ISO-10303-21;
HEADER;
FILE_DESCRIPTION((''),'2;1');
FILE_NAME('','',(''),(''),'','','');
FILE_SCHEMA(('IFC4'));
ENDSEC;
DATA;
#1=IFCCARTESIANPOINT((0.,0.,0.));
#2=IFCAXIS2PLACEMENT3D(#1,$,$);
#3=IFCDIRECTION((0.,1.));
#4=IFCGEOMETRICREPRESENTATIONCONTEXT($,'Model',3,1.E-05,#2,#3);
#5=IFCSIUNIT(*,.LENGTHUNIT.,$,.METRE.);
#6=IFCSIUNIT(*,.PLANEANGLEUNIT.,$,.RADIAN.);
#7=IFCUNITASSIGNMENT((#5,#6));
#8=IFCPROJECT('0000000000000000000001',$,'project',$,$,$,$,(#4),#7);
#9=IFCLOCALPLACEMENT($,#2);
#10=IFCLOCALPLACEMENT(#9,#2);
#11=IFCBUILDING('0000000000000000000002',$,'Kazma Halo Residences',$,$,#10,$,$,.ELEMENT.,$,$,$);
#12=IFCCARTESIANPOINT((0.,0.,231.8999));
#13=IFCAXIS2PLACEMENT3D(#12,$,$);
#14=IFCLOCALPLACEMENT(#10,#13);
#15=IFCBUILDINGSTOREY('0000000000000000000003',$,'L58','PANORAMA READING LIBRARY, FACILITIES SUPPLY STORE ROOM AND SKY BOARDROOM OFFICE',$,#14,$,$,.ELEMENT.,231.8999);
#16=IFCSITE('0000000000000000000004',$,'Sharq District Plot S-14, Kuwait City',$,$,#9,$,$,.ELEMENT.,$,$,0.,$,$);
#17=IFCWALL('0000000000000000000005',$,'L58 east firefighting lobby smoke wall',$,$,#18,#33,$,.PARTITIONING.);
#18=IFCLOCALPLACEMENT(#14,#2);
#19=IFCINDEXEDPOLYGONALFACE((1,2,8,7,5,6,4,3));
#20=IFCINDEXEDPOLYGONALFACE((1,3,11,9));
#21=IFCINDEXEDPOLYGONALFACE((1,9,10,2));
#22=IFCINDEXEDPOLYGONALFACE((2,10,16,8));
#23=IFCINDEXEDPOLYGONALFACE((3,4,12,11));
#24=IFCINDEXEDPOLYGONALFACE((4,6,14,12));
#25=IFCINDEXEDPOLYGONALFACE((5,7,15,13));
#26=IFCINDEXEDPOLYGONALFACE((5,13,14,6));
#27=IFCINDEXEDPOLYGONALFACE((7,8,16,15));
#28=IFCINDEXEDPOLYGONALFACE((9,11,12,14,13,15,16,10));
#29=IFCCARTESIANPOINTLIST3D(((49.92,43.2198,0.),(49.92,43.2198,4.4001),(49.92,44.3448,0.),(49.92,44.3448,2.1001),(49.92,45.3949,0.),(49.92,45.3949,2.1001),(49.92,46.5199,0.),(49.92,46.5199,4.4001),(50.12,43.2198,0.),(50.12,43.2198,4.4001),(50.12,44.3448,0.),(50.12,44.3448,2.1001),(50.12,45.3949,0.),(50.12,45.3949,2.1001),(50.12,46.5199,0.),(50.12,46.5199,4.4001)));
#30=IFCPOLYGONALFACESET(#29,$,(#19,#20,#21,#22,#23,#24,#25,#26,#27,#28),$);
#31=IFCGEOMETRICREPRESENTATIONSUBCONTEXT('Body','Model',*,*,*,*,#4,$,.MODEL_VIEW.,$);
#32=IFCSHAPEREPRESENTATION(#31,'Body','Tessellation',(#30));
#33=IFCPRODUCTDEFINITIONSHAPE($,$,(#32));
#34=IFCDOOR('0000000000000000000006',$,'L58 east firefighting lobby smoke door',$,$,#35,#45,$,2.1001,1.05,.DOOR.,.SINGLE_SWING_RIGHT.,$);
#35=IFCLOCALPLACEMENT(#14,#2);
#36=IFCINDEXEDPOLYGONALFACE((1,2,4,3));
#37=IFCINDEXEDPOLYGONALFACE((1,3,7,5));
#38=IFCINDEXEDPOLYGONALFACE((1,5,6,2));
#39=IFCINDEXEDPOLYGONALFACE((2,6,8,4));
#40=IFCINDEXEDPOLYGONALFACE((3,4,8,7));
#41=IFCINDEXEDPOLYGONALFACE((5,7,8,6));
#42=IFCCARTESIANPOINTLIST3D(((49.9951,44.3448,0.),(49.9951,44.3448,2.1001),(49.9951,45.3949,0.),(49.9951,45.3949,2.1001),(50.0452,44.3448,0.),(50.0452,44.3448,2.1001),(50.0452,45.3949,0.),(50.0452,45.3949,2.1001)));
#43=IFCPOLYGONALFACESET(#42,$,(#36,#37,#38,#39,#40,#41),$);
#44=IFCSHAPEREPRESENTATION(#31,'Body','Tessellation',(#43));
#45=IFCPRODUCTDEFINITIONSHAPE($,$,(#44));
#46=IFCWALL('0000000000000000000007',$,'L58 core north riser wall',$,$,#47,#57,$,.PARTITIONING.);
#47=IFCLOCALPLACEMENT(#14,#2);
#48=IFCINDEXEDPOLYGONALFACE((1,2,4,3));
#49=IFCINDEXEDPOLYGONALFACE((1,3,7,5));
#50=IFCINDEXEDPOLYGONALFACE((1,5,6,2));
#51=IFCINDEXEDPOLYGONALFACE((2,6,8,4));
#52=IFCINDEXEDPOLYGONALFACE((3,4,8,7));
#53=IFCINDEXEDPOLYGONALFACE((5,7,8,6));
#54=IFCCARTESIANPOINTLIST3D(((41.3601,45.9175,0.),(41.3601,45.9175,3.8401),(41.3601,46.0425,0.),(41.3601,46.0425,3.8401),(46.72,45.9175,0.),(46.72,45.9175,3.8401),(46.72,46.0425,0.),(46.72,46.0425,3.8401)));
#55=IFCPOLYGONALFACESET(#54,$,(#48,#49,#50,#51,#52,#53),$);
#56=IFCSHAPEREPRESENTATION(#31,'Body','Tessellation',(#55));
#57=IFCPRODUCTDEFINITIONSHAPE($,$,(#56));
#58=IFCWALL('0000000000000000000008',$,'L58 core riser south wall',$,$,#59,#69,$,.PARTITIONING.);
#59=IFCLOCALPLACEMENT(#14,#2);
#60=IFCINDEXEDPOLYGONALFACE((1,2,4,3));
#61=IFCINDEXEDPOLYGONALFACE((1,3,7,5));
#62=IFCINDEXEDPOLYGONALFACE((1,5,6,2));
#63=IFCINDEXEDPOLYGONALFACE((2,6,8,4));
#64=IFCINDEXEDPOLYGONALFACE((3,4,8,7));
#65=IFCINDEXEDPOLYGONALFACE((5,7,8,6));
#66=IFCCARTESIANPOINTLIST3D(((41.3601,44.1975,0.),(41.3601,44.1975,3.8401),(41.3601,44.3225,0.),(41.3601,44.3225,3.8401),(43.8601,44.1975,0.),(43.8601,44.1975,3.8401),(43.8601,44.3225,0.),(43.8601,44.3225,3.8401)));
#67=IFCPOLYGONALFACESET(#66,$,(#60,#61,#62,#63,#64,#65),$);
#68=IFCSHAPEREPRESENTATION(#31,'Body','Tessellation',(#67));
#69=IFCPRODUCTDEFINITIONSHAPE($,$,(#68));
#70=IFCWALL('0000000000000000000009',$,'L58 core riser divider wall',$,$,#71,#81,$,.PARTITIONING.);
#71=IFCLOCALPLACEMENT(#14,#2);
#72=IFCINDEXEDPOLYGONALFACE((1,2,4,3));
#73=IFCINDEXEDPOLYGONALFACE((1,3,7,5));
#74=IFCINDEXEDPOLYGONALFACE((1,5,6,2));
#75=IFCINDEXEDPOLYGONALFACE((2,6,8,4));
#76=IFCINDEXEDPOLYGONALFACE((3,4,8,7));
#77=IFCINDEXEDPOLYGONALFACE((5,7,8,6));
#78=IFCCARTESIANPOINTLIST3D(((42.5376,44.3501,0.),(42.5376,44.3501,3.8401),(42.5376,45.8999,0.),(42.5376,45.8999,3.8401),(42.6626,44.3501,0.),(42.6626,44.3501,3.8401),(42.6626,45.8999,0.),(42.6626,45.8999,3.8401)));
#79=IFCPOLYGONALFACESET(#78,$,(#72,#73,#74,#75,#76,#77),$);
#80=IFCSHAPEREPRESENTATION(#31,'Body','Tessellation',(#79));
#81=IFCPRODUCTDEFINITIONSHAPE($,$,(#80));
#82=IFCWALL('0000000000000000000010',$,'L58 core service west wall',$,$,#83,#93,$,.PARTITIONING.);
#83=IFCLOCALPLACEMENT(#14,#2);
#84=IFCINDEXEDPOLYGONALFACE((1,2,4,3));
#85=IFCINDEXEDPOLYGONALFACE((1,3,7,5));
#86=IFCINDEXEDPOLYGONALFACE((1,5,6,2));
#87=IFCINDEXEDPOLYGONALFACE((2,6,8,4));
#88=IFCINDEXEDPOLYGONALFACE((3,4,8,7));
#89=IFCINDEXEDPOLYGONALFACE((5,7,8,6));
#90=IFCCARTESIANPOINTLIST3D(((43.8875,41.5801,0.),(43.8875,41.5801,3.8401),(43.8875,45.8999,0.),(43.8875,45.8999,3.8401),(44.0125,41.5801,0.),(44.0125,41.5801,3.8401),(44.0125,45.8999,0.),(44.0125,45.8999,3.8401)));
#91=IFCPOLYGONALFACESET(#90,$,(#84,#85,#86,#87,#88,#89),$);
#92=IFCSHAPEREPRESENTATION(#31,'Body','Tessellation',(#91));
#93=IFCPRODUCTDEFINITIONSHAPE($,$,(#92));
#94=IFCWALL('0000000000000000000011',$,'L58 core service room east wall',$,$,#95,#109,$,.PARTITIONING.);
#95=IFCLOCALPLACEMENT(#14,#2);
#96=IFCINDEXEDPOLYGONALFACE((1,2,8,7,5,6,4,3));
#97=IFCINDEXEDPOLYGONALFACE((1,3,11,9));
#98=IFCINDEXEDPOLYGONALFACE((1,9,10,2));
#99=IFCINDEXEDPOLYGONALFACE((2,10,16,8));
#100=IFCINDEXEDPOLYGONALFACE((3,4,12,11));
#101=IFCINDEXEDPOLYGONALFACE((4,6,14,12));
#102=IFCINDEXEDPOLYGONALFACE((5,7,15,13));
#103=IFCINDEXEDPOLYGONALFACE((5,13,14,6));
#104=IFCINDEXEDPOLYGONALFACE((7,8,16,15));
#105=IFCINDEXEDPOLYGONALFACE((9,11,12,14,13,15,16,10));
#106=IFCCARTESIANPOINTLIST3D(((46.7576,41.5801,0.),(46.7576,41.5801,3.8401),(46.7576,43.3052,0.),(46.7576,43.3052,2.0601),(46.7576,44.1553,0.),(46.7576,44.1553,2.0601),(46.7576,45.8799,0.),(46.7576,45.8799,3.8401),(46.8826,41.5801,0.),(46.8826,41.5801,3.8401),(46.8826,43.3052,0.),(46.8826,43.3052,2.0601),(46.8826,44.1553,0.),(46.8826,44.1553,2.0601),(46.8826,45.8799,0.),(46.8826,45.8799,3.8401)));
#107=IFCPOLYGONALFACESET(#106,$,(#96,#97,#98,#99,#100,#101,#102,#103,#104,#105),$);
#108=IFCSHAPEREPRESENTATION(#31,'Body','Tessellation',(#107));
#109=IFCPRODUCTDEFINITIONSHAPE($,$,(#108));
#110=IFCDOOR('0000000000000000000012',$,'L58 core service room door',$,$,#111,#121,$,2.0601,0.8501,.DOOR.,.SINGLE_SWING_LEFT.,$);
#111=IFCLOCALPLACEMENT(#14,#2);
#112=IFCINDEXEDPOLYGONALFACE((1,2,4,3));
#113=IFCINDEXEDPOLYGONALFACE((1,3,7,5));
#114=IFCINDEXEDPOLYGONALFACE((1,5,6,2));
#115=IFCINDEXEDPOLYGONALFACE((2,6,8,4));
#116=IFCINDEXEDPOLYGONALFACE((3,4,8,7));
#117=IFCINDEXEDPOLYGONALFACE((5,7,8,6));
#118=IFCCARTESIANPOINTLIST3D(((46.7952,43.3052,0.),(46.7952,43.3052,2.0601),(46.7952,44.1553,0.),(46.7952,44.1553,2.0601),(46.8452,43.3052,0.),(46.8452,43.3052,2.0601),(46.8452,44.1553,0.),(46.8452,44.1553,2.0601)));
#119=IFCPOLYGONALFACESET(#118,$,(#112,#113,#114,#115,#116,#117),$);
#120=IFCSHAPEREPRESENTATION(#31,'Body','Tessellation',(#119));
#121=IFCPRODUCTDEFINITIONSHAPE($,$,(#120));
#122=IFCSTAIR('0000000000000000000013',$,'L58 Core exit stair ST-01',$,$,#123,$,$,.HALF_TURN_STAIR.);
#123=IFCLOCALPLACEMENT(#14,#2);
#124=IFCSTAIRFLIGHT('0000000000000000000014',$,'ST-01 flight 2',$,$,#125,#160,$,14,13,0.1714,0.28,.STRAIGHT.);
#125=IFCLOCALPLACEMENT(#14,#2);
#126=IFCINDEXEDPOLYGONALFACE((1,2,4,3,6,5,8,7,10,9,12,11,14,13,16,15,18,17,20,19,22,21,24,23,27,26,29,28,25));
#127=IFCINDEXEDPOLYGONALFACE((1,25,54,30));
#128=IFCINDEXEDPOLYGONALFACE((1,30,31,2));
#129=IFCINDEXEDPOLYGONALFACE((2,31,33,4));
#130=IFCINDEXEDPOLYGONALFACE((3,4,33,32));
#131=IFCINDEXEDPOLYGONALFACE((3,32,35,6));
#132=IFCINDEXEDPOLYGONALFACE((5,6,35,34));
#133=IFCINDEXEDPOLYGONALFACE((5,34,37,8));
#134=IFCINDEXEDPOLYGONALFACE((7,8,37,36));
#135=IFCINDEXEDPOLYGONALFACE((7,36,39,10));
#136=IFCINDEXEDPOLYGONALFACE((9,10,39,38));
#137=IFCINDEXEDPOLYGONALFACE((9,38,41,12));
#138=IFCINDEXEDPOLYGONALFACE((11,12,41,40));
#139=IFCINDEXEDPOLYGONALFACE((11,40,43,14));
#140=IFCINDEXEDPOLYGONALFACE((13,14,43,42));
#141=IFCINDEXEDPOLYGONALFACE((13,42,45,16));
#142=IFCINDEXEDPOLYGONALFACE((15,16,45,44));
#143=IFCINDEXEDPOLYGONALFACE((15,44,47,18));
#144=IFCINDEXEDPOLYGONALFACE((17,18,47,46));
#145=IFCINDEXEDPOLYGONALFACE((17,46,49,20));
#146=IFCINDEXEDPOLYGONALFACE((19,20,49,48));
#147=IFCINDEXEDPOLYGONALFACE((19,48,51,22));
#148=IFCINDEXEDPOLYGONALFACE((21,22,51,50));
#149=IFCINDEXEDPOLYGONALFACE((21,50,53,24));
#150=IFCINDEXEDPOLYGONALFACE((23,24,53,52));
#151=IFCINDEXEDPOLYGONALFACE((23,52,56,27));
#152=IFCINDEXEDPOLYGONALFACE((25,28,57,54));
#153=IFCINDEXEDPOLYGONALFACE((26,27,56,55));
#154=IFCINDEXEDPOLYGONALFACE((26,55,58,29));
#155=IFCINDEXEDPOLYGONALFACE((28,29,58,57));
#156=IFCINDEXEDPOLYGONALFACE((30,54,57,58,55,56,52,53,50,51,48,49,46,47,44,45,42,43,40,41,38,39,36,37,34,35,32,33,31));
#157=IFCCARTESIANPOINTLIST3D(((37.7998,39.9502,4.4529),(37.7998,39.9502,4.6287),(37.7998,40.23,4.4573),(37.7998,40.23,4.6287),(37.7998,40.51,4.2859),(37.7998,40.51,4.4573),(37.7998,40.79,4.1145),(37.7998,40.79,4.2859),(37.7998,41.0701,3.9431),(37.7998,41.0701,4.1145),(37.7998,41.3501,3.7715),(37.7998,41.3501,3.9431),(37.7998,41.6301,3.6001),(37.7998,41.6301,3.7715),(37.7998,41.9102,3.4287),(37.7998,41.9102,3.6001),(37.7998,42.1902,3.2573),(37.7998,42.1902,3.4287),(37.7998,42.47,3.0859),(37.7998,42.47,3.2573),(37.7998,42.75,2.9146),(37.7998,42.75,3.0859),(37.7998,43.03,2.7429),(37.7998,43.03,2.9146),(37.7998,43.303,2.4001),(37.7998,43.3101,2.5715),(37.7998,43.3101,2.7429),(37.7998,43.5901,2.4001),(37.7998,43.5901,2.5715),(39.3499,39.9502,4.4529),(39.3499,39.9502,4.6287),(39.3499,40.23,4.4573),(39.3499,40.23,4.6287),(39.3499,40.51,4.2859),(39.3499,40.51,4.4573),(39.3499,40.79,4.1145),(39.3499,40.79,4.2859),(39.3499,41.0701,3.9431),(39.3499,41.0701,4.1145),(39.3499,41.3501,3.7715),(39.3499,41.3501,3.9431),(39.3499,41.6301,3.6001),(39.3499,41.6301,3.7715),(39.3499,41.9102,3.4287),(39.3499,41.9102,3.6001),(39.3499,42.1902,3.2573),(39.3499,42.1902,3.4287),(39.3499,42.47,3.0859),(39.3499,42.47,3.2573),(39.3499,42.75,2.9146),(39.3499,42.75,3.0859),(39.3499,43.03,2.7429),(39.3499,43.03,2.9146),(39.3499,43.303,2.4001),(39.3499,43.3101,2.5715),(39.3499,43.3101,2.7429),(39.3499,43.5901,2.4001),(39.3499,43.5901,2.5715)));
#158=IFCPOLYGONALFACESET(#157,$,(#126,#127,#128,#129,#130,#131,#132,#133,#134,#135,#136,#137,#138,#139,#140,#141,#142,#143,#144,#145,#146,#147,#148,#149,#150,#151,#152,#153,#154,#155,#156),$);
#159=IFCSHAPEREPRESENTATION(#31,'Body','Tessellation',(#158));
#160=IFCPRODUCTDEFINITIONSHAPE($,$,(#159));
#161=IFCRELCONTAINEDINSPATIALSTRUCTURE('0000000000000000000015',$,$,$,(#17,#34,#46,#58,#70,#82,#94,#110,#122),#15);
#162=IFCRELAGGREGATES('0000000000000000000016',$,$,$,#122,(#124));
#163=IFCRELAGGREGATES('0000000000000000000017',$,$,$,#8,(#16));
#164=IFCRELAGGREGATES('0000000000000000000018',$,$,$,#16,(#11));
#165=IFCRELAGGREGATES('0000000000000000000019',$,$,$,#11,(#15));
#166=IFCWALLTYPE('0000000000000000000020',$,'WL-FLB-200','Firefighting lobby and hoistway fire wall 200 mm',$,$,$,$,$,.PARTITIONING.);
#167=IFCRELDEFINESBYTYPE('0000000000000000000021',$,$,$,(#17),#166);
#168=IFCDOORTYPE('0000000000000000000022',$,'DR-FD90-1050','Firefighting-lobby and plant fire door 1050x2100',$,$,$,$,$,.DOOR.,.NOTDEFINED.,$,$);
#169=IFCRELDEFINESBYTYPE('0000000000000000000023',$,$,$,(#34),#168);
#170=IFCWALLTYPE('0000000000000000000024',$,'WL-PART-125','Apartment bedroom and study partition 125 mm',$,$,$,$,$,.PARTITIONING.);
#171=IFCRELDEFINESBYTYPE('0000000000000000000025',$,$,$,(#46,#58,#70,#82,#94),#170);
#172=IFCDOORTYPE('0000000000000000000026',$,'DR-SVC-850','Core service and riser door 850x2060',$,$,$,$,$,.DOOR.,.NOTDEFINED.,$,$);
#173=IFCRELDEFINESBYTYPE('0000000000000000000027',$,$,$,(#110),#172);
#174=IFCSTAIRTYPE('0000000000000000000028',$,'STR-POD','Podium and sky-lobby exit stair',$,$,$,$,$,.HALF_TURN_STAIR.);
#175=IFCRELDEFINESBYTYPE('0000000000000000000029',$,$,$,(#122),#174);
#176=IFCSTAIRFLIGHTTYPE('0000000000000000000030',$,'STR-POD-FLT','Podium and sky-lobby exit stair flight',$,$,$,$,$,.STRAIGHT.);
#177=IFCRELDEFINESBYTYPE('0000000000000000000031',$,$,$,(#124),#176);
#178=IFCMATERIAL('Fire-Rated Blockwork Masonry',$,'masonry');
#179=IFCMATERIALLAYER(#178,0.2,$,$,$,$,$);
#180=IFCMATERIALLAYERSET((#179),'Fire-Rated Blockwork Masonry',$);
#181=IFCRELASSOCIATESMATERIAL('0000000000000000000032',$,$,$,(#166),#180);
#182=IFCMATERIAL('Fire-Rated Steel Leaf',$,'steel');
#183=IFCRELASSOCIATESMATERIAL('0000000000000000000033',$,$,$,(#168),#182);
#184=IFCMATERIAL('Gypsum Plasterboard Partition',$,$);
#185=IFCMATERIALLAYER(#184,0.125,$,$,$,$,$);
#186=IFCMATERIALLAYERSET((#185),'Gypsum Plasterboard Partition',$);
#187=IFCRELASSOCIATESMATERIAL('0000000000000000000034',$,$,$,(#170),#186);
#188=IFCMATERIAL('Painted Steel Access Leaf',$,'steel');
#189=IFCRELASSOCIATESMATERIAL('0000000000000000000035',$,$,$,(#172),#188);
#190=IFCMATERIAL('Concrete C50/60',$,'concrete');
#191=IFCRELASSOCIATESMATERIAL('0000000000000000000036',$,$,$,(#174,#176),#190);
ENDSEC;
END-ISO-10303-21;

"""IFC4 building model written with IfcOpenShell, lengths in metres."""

from ifc_helpers import new_model, si_unit, direction, frame, frame_2d, origin, place, context, subcontext, project, spatial, polyline, rectangle, outline, extrude, material, layer, layer_set, type_object, element, fill, aggregate, save


model = new_model("IFC4")

# Units and contexts
model_context = context("Model", 3, precision=1e-05, world=origin(), true_north=direction((0.0, 1.0)))
body_context = subcontext(model_context, "Body", "Model", "MODEL_VIEW")
ifc_project = project(units=[si_unit("LENGTHUNIT", "METRE"), si_unit("PLANEANGLEUNIT", "RADIAN")], contexts=[model_context])

# Site, building, storey
site_placement = place(None, origin())
site = spatial("IfcSite", under=ifc_project, at=site_placement, Name="Sharq District Plot S-14, Kuwait City", CompositionType="ELEMENT", RefElevation=0.0)
building_placement = place(site_placement, origin())
building = spatial("IfcBuilding", under=site, at=building_placement, Name="Kazma Halo Residences", CompositionType="ELEMENT")
storey_placement = place(building_placement, frame((0.0, 0.0, 231.8999)))
storey = spatial("IfcBuildingStorey", under=building, at=storey_placement, Name="L58", Description="PANORAMA READING LIBRARY, FACILITIES SUPPLY STORE ROOM AND SKY BOARDROOM OFFICE", CompositionType="ELEMENT", Elevation=231.8999)

# Shared definitions
ifc_material_1 = material(Name="Fire-Rated Blockwork Masonry", Category="masonry")
ifc_layer_1 = layer(ifc_material_1, 0.2)
ifc_layer_set_1 = layer_set([ifc_layer_1], Name="Fire-Rated Blockwork Masonry")
wall_type_1 = type_object("IfcWallType", Name="WL-FLB-200", Description="Firefighting lobby and hoistway fire wall 200 mm", PredefinedType="PARTITIONING", material=ifc_layer_set_1)

# Wall, opening, door
wall_1_placement = place(storey_placement, frame((50.02, 43.22, 0.0), z_axis=(0.0, 0.0, 1.0), x_axis=(0.0, 1.0, 0.0)))
wall_1 = element("IfcWall", 1, at=wall_1_placement, inside=storey, type_object=wall_type_1, Name="L58 east firefighting lobby smoke wall", PredefinedType="PARTITIONING", context=body_context, shape_type="SweptSolid", body=[
    extrude(rectangle(XDim=3.3, YDim=0.2, at=frame_2d((1.6499, 0.0))), origin(), (0.0, 0.0, 1.0), 4.4001),
])
opening_1_placement = place(wall_1_placement, frame((1.125, 0.0, 0.0)))
opening_1 = element("IfcOpeningElement", 2, at=opening_1_placement, cuts=wall_1, PredefinedType="OPENING", context=body_context, shape_type="SweptSolid", body=[
    extrude(rectangle(XDim=1.05, YDim=2.1001, at=frame_2d((0.5249, 1.05))), frame((0.0, 0.1099, 0.0), z_axis=(0.0, -1.0, 0.0), x_axis=(1.0, 0.0, 0.0)), (0.0, 0.0, 1.0), 0.22),
])
ifc_material_2 = material(Name="Fire-Rated Steel Leaf", Category="steel")
door_type_1 = type_object("IfcDoorType", Name="DR-FD90-1050", Description="Firefighting-lobby and plant fire door 1050x2100", OperationType="NOTDEFINED", PredefinedType="DOOR", material=ifc_material_2)
door_1_placement = place(opening_1_placement, origin())
door_1 = element("IfcDoor", 3, at=door_1_placement, inside=storey, type_object=door_type_1, Name="L58 east firefighting lobby smoke door", OperationType="SINGLE_SWING_RIGHT", OverallHeight=2.1001, OverallWidth=1.05, PredefinedType="DOOR", context=body_context, shape_type="SweptSolid", body=[
    extrude(rectangle(XDim=1.05, YDim=2.1001, at=frame_2d((0.5249, 1.05))), frame((0.0, 0.0249, 0.0), z_axis=(0.0, -1.0, 0.0), x_axis=(1.0, 0.0, 0.0)), (0.0, 0.0, 1.0), 0.05),
])
fill(opening_1, door_1)

# Walls
ifc_material_3 = material(Name="Gypsum Plasterboard Partition")
ifc_layer_2 = layer(ifc_material_3, 0.125)
ifc_layer_set_2 = layer_set([ifc_layer_2], Name="Gypsum Plasterboard Partition")
wall_type_2 = type_object("IfcWallType", Name="WL-PART-125", Description="Apartment bedroom and study partition 125 mm", PredefinedType="PARTITIONING", material=ifc_layer_set_2)
wall_2_placement = place(storey_placement, frame((41.3601, 45.98, 0.0), z_axis=(0.0, 0.0, 1.0), x_axis=(1.0, 0.0, 0.0)))
element("IfcWall", 4, at=wall_2_placement, inside=storey, type_object=wall_type_2, Name="L58 core north riser wall", PredefinedType="PARTITIONING", context=body_context, shape_type="SweptSolid", body=[
    extrude(rectangle(XDim=5.3599, YDim=0.125, at=frame_2d((2.6799, 0.0))), origin(), (0.0, 0.0, 1.0), 3.8401),
])
wall_3_placement = place(storey_placement, frame((41.3601, 44.26, 0.0), z_axis=(0.0, 0.0, 1.0), x_axis=(1.0, 0.0, 0.0)))
element("IfcWall", 5, at=wall_3_placement, inside=storey, type_object=wall_type_2, Name="L58 core riser south wall", PredefinedType="PARTITIONING", context=body_context, shape_type="SweptSolid", body=[
    extrude(rectangle(XDim=2.5, YDim=0.125, at=frame_2d((1.25, 0.0))), origin(), (0.0, 0.0, 1.0), 3.8401),
])
wall_4_placement = place(storey_placement, frame((42.6001, 44.3501, 0.0), z_axis=(0.0, 0.0, 1.0), x_axis=(0.0, 1.0, 0.0)))
element("IfcWall", 6, at=wall_4_placement, inside=storey, type_object=wall_type_2, Name="L58 core riser divider wall", PredefinedType="PARTITIONING", context=body_context, shape_type="SweptSolid", body=[
    extrude(rectangle(XDim=1.5498, YDim=0.125, at=frame_2d((0.7749, 0.0))), origin(), (0.0, 0.0, 1.0), 3.8401),
])
wall_5_placement = place(storey_placement, frame((43.95, 41.5801, 0.0), z_axis=(0.0, 0.0, 1.0), x_axis=(0.0, 1.0, 0.0)))
element("IfcWall", 7, at=wall_5_placement, inside=storey, type_object=wall_type_2, Name="L58 core service west wall", PredefinedType="PARTITIONING", context=body_context, shape_type="SweptSolid", body=[
    extrude(rectangle(XDim=4.3198, YDim=0.125, at=frame_2d((2.1599, 0.0))), origin(), (0.0, 0.0, 1.0), 3.8401),
])

# Wall, opening, door
wall_6_placement = place(storey_placement, frame((46.8201, 41.5801, 0.0), z_axis=(0.0, 0.0, 1.0), x_axis=(0.0, 1.0, 0.0)))
wall_6 = element("IfcWall", 8, at=wall_6_placement, inside=storey, type_object=wall_type_2, Name="L58 core service room east wall", PredefinedType="PARTITIONING", context=body_context, shape_type="SweptSolid", body=[
    extrude(rectangle(XDim=4.2998, YDim=0.125, at=frame_2d((2.1499, 0.0))), origin(), (0.0, 0.0, 1.0), 3.8401),
])
opening_2_placement = place(wall_6_placement, frame((1.7251, 0.0, 0.0)))
opening_2 = element("IfcOpeningElement", 9, at=opening_2_placement, cuts=wall_6, PredefinedType="OPENING", context=body_context, shape_type="SweptSolid", body=[
    extrude(rectangle(XDim=0.8501, YDim=2.0601, at=frame_2d((0.425, 1.03))), frame((0.0, 0.0725, 0.0), z_axis=(0.0, -1.0, 0.0), x_axis=(1.0, 0.0, 0.0)), (0.0, 0.0, 1.0), 0.145),
])
ifc_material_4 = material(Name="Painted Steel Access Leaf", Category="steel")
door_type_2 = type_object("IfcDoorType", Name="DR-SVC-850", Description="Core service and riser door 850x2060", OperationType="NOTDEFINED", PredefinedType="DOOR", material=ifc_material_4)
door_2_placement = place(opening_2_placement, origin())
door_2 = element("IfcDoor", 10, at=door_2_placement, inside=storey, type_object=door_type_2, Name="L58 core service room door", OperationType="SINGLE_SWING_LEFT", OverallHeight=2.0601, OverallWidth=0.8501, PredefinedType="DOOR", context=body_context, shape_type="SweptSolid", body=[
    extrude(rectangle(XDim=0.8501, YDim=2.0601, at=frame_2d((0.425, 1.03))), frame((0.0, 0.0249, 0.0), z_axis=(0.0, -1.0, 0.0), x_axis=(1.0, 0.0, 0.0)), (0.0, 0.0, 1.0), 0.05),
])
fill(opening_2, door_2)

# Stair, stair flight
ifc_material_5 = material(Name="Concrete C50/60", Category="concrete")
stair_type = type_object("IfcStairType", Name="STR-POD", Description="Podium and sky-lobby exit stair", PredefinedType="HALF_TURN_STAIR", material=ifc_material_5)
stair_placement = place(storey_placement, origin())
stair = element("IfcStair", 11, at=stair_placement, inside=storey, type_object=stair_type, Name="L58 Core exit stair ST-01", PredefinedType="HALF_TURN_STAIR")
stair_flight_type = type_object("IfcStairFlightType", Name="STR-POD-FLT", Description="Podium and sky-lobby exit stair flight", PredefinedType="STRAIGHT", material=ifc_material_5)
stair_flight_placement = place(storey_placement, frame((38.575, 43.5901, 2.4001), z_axis=(0.0, 0.0, 1.0), x_axis=(0.0, -1.0, 0.0)))
stair_flight = element("IfcStairFlight", 12, at=stair_flight_placement, type_object=stair_flight_type, Name="ST-01 flight 2", NumberOfRisers=14, NumberOfTreads=13, PredefinedType="STRAIGHT", RiserHeight=0.1714, TreadLength=0.28, context=body_context, shape_type="SweptSolid", body=[
    extrude(outline(polyline([(0.0, 0.0), (0.0, 0.1714), (0.28, 0.1714), (0.28, 0.3428), (0.5601, 0.3428), (0.5601, 0.5144), (0.8401, 0.5144), (0.8401, 0.6858), (1.1201, 0.6858), (1.1201, 0.8572), (1.3999, 0.8572), (1.3999, 1.0286), (1.6799, 1.0286), (1.6799, 1.2), (1.96, 1.2), (1.96, 1.3713), (2.24, 1.3713), (2.24, 1.543), (2.52, 1.543), (2.52, 1.7144), (2.8, 1.7144), (2.8, 1.8857), (3.0801, 1.8857), (3.0801, 2.0571), (3.3601, 2.0571), (3.3601, 2.2285), (3.6399, 2.2285), (3.6399, 2.3999), (3.6399, 2.0527), (0.2871, 0.0), (0.0, 0.0)])), frame((0.0, 0.7749, 0.0), z_axis=(0.0, -1.0, 0.0), x_axis=(1.0, 0.0, 0.0)), (0.0, 0.0, 1.0), 1.55),
])
aggregate(stair, [stair_flight])

save(model, "model.ifc")
